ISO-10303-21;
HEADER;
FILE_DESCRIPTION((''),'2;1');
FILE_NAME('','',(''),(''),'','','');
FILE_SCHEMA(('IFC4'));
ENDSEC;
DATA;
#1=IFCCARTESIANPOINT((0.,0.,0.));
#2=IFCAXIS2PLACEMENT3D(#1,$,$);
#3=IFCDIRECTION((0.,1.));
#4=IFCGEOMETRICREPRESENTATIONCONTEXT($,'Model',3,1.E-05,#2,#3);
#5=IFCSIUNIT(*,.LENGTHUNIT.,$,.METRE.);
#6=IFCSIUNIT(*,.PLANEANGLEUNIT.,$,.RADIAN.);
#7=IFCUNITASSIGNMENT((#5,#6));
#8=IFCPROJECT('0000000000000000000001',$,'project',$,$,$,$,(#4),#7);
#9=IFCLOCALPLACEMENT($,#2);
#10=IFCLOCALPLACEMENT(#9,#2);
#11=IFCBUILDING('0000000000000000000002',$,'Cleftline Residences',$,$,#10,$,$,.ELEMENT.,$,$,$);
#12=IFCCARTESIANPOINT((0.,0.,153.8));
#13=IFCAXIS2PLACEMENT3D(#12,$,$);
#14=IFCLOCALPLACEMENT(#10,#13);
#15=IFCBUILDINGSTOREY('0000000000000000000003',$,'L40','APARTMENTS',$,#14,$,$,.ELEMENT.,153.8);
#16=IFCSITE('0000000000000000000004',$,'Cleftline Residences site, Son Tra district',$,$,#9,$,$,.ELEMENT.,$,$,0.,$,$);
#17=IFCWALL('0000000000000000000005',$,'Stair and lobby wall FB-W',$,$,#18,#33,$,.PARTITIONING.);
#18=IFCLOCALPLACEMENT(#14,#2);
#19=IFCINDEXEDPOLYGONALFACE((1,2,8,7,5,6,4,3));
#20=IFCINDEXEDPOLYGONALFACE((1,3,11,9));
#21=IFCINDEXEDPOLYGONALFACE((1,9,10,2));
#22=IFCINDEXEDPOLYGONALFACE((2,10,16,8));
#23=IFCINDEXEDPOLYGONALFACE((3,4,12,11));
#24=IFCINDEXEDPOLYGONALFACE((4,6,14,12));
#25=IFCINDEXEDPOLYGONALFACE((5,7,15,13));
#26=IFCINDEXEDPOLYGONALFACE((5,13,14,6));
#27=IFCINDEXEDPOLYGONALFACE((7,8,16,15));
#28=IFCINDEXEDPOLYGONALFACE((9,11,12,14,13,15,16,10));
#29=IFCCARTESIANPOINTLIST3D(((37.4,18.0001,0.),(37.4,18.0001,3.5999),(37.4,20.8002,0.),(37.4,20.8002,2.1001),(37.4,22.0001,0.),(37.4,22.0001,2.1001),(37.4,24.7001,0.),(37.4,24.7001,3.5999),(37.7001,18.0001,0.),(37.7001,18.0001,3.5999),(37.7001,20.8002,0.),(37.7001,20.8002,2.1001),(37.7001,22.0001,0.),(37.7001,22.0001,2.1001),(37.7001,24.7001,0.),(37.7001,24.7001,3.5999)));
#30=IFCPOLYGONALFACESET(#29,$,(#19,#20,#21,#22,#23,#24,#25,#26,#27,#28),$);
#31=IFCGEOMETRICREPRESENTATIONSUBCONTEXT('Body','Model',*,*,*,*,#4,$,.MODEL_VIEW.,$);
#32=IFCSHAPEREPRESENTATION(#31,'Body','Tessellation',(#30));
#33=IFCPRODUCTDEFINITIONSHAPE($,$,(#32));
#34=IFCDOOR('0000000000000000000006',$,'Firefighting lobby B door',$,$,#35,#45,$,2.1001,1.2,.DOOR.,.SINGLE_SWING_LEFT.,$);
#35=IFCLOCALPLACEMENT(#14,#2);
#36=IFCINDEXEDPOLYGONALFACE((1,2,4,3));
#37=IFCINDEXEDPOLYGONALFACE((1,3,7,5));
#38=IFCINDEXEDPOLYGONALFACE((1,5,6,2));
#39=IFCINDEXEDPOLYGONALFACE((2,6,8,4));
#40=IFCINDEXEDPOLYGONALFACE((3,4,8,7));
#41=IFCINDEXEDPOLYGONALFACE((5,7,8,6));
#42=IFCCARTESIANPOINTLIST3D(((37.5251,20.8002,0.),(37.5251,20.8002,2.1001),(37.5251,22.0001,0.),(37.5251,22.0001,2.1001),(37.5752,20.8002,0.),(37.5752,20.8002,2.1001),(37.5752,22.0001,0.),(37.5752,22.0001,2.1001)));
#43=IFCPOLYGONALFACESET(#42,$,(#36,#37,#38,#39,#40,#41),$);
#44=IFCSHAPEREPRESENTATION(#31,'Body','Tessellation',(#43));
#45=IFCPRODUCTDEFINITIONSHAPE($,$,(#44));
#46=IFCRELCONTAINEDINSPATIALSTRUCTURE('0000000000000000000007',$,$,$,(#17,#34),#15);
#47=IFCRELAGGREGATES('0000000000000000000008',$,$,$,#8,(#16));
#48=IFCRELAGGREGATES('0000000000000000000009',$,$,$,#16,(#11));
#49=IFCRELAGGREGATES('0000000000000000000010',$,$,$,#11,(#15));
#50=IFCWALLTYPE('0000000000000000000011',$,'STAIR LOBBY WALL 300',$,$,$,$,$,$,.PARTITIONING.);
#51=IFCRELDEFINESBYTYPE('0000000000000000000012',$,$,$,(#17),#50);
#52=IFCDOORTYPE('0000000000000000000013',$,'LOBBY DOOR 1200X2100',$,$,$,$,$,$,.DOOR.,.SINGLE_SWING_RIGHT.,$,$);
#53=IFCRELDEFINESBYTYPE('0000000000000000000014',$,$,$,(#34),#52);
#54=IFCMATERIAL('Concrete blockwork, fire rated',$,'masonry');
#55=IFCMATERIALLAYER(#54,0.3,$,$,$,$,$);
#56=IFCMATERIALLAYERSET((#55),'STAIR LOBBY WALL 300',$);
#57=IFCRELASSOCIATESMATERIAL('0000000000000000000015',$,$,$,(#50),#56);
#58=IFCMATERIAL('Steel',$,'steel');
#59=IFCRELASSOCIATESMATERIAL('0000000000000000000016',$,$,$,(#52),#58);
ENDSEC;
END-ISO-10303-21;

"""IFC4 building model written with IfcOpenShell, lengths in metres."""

from ifc_helpers import new_model, si_unit, direction, frame, frame_2d, origin, place, context, subcontext, project, spatial, rectangle, extrude, material, layer, layer_set, type_object, element, fill, save


model = new_model("IFC4")

# Units and contexts
model_context = context("Model", 3, precision=1e-05, world=origin(), true_north=direction((0.0, 1.0)))
body_context = subcontext(model_context, "Body", "Model", "MODEL_VIEW")
ifc_project = project(units=[si_unit("LENGTHUNIT", "METRE"), si_unit("PLANEANGLEUNIT", "RADIAN")], contexts=[model_context])

# Site, building, storey
site_placement = place(None, origin())
site = spatial("IfcSite", under=ifc_project, at=site_placement, Name="Cleftline Residences site, Son Tra district", CompositionType="ELEMENT", RefElevation=0.0)
building_placement = place(site_placement, origin())
building = spatial("IfcBuilding", under=site, at=building_placement, Name="Cleftline Residences", CompositionType="ELEMENT")
storey_placement = place(building_placement, frame((0.0, 0.0, 153.8)))
storey = spatial("IfcBuildingStorey", under=building, at=storey_placement, Name="L40", Description="APARTMENTS", CompositionType="ELEMENT", Elevation=153.8)

# Wall, opening, door
ifc_material_1 = material(Name="Concrete blockwork, fire rated", Category="masonry")
ifc_layer_1 = layer(ifc_material_1, 0.3)
ifc_layer_set_1 = layer_set([ifc_layer_1], Name="STAIR LOBBY WALL 300")
wall_type_1 = type_object("IfcWallType", Name="STAIR LOBBY WALL 300", PredefinedType="PARTITIONING", material=ifc_layer_set_1)
ifc_material_2 = material(Name="Steel", Category="steel")
door_type_1 = type_object("IfcDoorType", Name="LOBBY DOOR 1200X2100", OperationType="SINGLE_SWING_RIGHT", PredefinedType="DOOR", material=ifc_material_2)
wall_1_placement = place(storey_placement, frame((37.55, 18.0, 0.0), z_axis=(0.0, 0.0, 1.0), x_axis=(0.0, 1.0, 0.0)))
wall_1 = element("IfcWall", 1, at=wall_1_placement, inside=storey, type_object=wall_type_1, Name="Stair and lobby wall FB-W", PredefinedType="PARTITIONING", context=body_context, shape_type="SweptSolid", body=[
    extrude(rectangle(XDim=6.7, YDim=0.3, at=frame_2d((3.3501, 0.0))), origin(), (0.0, 0.0, 1.0), 3.5999),
])
opening_1_placement = place(wall_1_placement, frame((2.8, 0.0, 0.0)))
opening_1 = element("IfcOpeningElement", 2, at=opening_1_placement, cuts=wall_1, PredefinedType="OPENING", context=body_context, shape_type="SweptSolid", body=[
    extrude(rectangle(XDim=1.2, YDim=2.1001, at=frame_2d((0.6001, 1.05))), frame((0.0, 0.1599, 0.0), z_axis=(0.0, -1.0, 0.0), x_axis=(1.0, 0.0, 0.0)), (0.0, 0.0, 1.0), 0.3201),
])
door_1_placement = place(opening_1_placement, origin())
door_1 = element("IfcDoor", 3, at=door_1_placement, inside=storey, type_object=door_type_1, Name="Firefighting lobby B door", OperationType="SINGLE_SWING_LEFT", OverallHeight=2.1001, OverallWidth=1.2, PredefinedType="DOOR", context=body_context, shape_type="SweptSolid", body=[
    extrude(rectangle(XDim=1.2, YDim=2.1001, at=frame_2d((0.6001, 1.05))), frame((0.0, 0.0249, 0.0), z_axis=(0.0, -1.0, 0.0), x_axis=(1.0, 0.0, 0.0)), (0.0, 0.0, 1.0), 0.05),
])
fill(opening_1, door_1)

save(model, "model.ifc")
